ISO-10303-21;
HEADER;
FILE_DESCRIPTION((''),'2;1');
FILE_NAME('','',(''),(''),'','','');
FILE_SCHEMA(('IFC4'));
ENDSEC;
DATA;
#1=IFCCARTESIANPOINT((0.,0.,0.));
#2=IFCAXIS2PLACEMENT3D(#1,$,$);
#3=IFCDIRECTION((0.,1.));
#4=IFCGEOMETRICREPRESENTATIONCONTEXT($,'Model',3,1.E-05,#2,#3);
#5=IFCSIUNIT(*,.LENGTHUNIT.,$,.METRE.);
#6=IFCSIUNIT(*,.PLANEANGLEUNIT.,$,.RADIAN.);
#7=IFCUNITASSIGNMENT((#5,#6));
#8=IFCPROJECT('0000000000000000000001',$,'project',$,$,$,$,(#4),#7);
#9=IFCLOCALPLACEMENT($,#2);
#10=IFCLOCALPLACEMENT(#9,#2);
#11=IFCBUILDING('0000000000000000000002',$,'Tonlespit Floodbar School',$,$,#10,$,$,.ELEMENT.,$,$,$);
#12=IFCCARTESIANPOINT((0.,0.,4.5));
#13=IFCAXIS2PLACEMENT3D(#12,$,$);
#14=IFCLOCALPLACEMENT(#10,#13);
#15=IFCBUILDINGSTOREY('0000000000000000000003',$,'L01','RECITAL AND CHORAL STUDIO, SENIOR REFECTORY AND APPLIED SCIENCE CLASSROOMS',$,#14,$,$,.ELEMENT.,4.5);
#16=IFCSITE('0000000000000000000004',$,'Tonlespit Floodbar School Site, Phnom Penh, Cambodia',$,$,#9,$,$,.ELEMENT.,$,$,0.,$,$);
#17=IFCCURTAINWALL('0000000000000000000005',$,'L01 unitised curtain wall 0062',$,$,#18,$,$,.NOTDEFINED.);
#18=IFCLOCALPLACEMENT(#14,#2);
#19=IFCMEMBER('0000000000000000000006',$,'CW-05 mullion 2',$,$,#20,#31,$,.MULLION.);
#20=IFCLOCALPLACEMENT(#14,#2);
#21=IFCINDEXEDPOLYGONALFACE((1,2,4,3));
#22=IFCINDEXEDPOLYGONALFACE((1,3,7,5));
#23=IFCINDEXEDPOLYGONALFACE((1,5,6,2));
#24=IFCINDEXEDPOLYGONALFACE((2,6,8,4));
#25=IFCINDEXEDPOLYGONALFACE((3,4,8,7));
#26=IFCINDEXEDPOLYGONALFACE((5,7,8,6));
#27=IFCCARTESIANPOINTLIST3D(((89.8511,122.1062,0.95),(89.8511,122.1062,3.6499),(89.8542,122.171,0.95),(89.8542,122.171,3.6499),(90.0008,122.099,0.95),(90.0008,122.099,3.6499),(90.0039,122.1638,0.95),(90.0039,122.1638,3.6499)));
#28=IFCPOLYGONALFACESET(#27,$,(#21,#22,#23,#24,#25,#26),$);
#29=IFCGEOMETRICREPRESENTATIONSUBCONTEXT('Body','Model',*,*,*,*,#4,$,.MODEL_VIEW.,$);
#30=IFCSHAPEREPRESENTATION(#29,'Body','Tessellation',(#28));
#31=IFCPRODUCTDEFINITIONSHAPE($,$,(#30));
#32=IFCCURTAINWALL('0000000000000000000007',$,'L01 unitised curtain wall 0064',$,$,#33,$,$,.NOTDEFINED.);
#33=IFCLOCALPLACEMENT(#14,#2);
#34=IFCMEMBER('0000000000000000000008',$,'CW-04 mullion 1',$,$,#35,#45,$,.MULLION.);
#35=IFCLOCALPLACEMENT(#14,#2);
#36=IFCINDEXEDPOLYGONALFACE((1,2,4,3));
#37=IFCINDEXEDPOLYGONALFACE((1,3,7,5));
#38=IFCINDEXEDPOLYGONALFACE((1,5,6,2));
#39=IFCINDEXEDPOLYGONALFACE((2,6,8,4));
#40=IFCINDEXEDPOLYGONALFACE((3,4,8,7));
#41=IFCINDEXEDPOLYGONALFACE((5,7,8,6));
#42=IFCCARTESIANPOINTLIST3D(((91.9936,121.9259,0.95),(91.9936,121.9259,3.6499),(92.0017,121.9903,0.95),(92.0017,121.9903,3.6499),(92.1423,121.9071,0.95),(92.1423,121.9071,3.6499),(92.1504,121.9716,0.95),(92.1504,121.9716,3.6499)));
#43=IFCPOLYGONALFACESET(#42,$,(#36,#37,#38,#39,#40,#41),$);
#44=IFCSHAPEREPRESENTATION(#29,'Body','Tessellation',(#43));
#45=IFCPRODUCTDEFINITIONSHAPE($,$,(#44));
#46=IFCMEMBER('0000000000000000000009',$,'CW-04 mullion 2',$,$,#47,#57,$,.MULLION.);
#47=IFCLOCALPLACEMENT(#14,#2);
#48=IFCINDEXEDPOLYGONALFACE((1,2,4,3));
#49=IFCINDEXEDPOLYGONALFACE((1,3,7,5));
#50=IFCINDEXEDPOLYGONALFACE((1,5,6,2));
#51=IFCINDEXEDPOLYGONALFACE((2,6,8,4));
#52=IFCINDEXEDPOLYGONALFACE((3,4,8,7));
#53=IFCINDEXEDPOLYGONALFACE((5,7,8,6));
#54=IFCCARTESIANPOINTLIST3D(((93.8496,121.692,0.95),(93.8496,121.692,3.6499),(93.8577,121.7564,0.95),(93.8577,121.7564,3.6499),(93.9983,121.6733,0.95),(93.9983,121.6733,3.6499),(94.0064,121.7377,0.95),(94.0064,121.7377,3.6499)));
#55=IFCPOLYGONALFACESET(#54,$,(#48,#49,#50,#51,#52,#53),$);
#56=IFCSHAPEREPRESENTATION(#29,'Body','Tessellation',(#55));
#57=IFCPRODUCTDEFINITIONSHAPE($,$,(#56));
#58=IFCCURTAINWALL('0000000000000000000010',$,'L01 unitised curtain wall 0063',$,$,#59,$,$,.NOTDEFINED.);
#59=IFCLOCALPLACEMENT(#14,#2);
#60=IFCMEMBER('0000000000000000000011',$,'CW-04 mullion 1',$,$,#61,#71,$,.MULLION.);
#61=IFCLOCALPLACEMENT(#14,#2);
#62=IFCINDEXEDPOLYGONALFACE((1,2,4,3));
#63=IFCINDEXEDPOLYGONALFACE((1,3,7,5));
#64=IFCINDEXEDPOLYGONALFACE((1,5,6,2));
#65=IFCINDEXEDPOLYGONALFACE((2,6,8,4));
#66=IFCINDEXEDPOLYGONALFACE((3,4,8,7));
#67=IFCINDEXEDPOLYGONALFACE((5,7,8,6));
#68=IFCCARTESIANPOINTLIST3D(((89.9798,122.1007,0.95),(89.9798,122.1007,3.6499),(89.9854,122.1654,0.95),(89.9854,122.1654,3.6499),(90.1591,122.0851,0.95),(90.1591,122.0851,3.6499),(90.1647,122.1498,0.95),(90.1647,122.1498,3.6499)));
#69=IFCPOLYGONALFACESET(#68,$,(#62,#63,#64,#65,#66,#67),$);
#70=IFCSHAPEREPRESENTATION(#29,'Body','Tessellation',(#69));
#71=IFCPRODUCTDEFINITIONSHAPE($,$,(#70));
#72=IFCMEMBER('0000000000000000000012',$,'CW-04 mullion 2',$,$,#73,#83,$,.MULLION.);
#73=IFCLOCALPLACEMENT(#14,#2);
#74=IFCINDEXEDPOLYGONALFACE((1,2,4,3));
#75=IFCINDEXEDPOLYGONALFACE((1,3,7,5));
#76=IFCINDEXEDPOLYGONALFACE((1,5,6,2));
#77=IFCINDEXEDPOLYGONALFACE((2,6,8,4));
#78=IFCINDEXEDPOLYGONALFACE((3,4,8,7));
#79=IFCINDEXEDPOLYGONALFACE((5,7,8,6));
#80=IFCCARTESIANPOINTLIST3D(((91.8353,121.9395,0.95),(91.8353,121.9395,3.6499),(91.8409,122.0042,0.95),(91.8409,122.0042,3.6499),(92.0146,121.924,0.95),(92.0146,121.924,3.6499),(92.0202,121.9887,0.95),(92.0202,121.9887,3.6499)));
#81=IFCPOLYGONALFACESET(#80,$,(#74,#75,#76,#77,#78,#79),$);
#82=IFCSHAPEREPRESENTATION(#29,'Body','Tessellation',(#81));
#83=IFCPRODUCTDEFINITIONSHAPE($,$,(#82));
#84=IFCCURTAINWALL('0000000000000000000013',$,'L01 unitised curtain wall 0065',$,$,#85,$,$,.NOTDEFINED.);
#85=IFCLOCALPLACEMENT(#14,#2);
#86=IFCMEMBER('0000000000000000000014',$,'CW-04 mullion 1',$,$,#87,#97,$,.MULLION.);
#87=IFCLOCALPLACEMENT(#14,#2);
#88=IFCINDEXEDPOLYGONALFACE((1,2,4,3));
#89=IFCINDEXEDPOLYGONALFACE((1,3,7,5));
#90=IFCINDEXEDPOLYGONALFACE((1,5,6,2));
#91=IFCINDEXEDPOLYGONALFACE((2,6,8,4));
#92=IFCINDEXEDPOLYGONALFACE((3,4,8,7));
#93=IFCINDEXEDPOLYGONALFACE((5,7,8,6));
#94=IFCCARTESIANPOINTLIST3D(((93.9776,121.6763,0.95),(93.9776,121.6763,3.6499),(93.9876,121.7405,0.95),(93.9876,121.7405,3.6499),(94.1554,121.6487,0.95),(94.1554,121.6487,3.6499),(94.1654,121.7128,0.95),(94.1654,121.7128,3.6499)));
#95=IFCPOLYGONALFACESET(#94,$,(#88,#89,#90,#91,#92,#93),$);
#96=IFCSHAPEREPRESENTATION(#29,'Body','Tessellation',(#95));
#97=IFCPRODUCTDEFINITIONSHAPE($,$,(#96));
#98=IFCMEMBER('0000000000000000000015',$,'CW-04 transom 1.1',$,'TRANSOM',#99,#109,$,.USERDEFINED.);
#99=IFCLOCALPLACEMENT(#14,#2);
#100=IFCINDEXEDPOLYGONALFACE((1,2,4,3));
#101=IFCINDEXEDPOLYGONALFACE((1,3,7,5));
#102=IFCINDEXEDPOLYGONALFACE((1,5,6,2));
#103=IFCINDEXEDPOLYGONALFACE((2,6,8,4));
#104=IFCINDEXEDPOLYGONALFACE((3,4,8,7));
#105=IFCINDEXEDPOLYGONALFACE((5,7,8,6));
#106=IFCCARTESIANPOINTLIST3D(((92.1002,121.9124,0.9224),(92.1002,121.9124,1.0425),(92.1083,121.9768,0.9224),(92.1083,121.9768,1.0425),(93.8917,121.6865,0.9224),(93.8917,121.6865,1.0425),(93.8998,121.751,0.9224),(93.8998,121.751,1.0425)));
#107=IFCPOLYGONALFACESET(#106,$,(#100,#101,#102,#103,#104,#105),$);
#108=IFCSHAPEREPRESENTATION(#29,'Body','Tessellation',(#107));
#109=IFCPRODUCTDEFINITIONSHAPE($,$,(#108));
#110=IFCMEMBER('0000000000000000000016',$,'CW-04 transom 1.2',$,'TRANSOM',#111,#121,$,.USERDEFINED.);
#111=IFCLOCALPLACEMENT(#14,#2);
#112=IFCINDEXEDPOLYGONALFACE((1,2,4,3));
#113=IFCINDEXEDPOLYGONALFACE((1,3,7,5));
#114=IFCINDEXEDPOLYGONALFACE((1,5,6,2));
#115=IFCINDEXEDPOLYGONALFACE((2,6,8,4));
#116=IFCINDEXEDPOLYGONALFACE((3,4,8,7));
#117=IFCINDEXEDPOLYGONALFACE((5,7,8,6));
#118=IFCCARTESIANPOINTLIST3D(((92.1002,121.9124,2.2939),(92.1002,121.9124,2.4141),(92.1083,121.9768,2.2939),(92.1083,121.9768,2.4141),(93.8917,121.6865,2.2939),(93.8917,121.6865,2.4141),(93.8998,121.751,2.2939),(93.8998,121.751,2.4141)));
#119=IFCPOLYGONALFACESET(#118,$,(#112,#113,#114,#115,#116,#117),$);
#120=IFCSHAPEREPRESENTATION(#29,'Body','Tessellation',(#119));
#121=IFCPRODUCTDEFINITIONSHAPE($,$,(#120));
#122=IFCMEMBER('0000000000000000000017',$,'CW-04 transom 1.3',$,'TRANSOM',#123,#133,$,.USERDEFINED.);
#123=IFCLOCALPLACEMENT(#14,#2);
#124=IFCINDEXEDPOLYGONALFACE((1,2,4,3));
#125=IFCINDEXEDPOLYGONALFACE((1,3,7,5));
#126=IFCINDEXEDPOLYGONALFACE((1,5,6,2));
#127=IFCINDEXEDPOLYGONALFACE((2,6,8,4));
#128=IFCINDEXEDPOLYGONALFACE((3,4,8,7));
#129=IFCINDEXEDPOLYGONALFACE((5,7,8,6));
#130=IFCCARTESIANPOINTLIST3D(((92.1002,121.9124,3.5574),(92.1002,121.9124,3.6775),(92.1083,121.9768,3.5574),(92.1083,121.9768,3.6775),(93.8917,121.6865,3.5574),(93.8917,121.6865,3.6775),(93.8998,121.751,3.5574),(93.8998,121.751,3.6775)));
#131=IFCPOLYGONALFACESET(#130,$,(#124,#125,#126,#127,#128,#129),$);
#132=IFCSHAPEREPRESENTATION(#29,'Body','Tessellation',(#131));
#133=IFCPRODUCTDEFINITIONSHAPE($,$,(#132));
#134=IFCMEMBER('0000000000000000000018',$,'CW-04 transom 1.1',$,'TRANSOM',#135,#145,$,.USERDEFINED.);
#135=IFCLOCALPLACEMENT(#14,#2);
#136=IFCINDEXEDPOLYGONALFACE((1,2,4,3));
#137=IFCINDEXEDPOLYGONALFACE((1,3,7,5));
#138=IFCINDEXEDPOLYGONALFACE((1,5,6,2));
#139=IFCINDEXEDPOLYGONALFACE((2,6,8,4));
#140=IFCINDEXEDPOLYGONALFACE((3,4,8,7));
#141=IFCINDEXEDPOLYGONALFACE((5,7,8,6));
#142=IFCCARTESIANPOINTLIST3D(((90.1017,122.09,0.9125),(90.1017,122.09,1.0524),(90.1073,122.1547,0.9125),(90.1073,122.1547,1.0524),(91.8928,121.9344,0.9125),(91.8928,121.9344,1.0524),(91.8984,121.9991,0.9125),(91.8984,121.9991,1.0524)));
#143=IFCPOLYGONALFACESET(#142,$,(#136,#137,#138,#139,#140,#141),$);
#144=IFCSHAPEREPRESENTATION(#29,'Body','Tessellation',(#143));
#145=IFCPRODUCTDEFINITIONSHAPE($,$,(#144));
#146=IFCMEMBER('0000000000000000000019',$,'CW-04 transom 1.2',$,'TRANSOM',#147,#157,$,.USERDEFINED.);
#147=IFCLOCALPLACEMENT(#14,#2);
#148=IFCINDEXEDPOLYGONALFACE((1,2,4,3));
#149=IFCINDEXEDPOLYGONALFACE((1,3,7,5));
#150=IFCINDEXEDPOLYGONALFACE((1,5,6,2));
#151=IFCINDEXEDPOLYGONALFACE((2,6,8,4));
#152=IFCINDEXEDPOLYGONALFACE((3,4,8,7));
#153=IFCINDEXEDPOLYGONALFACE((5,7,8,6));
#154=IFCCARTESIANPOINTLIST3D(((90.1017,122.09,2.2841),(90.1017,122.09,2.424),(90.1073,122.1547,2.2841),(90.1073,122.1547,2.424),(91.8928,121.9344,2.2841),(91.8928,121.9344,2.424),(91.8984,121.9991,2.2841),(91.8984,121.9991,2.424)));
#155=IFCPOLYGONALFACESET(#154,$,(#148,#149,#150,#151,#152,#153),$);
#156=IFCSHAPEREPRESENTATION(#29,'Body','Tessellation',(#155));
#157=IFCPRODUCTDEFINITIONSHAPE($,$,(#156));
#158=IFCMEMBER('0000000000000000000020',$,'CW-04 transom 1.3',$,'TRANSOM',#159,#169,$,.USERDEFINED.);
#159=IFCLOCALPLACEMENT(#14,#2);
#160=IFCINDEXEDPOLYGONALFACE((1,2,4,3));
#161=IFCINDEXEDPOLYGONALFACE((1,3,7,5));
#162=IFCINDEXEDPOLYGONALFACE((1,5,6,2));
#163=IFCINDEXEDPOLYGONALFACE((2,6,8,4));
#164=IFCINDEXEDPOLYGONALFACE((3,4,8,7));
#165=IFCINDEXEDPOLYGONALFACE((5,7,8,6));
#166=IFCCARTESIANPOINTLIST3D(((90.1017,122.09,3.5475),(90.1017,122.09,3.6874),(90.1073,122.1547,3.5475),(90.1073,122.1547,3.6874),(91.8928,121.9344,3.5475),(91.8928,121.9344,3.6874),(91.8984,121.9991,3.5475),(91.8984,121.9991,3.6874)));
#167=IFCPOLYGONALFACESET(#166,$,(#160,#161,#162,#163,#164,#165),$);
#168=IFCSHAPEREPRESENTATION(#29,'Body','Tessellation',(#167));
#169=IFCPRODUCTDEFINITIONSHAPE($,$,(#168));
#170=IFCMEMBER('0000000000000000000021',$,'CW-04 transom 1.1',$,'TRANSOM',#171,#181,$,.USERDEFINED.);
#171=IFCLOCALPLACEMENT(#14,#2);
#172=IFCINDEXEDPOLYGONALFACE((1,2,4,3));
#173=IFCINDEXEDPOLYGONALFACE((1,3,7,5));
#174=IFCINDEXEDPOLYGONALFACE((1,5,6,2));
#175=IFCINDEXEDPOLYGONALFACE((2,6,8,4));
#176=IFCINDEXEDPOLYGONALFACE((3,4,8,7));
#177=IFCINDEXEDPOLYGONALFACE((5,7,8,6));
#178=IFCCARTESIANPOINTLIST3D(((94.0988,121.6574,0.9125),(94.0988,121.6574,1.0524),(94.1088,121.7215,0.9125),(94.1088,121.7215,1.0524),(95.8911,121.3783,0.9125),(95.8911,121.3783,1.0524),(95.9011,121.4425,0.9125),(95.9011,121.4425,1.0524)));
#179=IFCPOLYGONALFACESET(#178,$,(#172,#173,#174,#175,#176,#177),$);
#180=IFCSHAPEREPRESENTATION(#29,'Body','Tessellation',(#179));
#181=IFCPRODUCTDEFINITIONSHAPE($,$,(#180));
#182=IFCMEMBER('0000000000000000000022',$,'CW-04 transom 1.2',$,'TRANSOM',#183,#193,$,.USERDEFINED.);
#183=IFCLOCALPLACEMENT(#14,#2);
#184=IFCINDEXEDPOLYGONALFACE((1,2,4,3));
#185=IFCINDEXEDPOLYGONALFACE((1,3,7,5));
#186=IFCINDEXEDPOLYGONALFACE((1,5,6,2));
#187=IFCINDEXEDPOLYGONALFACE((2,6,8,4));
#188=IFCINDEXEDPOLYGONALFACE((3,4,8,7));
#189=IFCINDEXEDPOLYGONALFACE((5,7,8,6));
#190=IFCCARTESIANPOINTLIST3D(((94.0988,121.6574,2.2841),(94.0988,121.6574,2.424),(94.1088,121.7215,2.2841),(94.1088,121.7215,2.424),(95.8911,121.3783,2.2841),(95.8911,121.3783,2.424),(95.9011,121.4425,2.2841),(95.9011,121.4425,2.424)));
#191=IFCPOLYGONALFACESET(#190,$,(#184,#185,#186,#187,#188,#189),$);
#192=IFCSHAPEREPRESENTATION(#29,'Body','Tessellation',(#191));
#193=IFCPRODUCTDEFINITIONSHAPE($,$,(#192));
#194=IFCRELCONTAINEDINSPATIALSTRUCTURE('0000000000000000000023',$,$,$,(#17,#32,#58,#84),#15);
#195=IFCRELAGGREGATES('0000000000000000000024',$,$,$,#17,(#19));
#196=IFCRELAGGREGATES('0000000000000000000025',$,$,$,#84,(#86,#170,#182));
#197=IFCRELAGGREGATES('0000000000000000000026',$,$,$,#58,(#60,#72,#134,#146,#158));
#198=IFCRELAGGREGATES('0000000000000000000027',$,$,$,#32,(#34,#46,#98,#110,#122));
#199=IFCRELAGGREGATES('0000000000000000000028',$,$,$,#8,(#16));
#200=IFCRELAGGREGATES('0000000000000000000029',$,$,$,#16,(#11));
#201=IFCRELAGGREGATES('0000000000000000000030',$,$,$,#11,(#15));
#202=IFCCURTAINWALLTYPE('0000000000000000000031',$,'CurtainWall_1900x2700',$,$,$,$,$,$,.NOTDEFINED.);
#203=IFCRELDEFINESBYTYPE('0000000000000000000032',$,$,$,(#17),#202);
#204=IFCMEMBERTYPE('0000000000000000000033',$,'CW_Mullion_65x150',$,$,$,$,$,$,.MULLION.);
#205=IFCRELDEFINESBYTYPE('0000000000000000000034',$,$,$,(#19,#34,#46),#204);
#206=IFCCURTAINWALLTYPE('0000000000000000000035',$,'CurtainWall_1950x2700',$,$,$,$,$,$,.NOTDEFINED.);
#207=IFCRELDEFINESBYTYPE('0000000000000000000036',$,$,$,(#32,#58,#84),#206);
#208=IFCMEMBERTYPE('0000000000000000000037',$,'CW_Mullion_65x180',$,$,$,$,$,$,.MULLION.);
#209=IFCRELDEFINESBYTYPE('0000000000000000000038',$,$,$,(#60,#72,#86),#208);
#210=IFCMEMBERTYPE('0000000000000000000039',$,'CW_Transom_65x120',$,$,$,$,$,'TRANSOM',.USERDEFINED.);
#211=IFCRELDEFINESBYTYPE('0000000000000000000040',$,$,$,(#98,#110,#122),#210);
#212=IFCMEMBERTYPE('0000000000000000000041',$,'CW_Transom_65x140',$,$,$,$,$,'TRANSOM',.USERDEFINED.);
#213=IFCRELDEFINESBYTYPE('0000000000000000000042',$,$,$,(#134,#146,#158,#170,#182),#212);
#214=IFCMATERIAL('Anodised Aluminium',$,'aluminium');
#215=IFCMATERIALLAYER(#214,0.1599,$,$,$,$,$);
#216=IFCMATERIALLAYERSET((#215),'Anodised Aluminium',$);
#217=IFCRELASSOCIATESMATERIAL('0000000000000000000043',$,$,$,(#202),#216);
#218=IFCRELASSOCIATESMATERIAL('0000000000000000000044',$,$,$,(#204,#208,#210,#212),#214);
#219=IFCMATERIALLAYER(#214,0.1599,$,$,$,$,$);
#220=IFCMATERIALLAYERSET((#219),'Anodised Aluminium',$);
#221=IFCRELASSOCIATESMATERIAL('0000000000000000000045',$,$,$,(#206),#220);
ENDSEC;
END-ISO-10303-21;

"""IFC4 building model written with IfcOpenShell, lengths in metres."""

from ifc_helpers import new_model, si_unit, direction, frame, origin, origin_2d, place, context, subcontext, project, spatial, rectangle, extrude, material, layer, layer_set, material_profile, profile_set, type_object, element, aggregate, save


model = new_model("IFC4")

# Units and contexts
model_context = context("Model", 3, precision=1e-05, world=origin(), true_north=direction((0.0, 1.0)))
body_context = subcontext(model_context, "Body", "Model", "MODEL_VIEW")
ifc_project = project(units=[si_unit("LENGTHUNIT", "METRE"), si_unit("PLANEANGLEUNIT", "RADIAN")], contexts=[model_context])

# Site, building, storey
site_placement = place(None, origin())
site = spatial("IfcSite", under=ifc_project, at=site_placement, Name="Tonlespit Floodbar School Site, Phnom Penh, Cambodia", CompositionType="ELEMENT", RefElevation=0.0)
building_placement = place(site_placement, origin())
building = spatial("IfcBuilding", under=site, at=building_placement, Name="Tonlespit Floodbar School", CompositionType="ELEMENT")
storey_placement = place(building_placement, frame((0.0, 0.0, 4.5)))
storey = spatial("IfcBuildingStorey", under=building, at=storey_placement, Name="L01", Description="RECITAL AND CHORAL STUDIO, SENIOR REFECTORY AND APPLIED SCIENCE CLASSROOMS", CompositionType="ELEMENT", Elevation=4.5)

# Curtain wall, member
ifc_material_1 = material(Name="Anodised Aluminium", Category="aluminium")
ifc_layer_1 = layer(ifc_material_1, 0.1599)
ifc_layer_set_1 = layer_set([ifc_layer_1], Name="Anodised Aluminium")
curtain_wall_type_1 = type_object("IfcCurtainWallType", Name="CurtainWall_1900x2700", PredefinedType="NOTDEFINED", material=ifc_layer_set_1)
curtain_wall_1_placement = place(storey_placement, origin())
curtain_wall_1 = element("IfcCurtainWall", 1, at=curtain_wall_1_placement, inside=storey, type_object=curtain_wall_type_1, Name="L01 unitised curtain wall 0062", PredefinedType="NOTDEFINED")
ifc_material_profile_1 = material_profile(ifc_material_1, rectangle(XDim=0.0649, YDim=0.1499, at=origin_2d()), Name="ALU M65x150")
ifc_profile_set_1 = profile_set([ifc_material_profile_1], Name="Anodised Aluminium")
member_type_1 = type_object("IfcMemberType", Name="CW_Mullion_65x150", PredefinedType="MULLION", material=ifc_profile_set_1)
member_1_placement = place(storey_placement, frame((89.9275, 122.135, 0.95), z_axis=(0.0, 0.0, 1.0), x_axis=(0.048121, 0.998842, 0.0)))
member_1 = element("IfcMember", 2, at=member_1_placement, type_object=member_type_1, Name="CW-05 mullion 2", PredefinedType="MULLION", context=body_context, shape_type="SweptSolid", body=[
    extrude(rectangle(XDim=0.0649, YDim=0.1499, at=origin_2d()), origin(), (0.0, 0.0, 1.0), 2.7),
])
aggregate(curtain_wall_1, [member_1])

# Curtain walls, members
ifc_layer_2 = layer(ifc_material_1, 0.1599)
ifc_layer_set_2 = layer_set([ifc_layer_2], Name="Anodised Aluminium")
curtain_wall_type_2 = type_object("IfcCurtainWallType", Name="CurtainWall_1950x2700", PredefinedType="NOTDEFINED", material=ifc_layer_set_2)
curtain_wall_2_placement = place(storey_placement, origin())
curtain_wall_2 = element("IfcCurtainWall", 3, at=curtain_wall_2_placement, inside=storey, type_object=curtain_wall_type_2, Name="L01 unitised curtain wall 0064", PredefinedType="NOTDEFINED")
member_2_placement = place(storey_placement, frame((92.072, 121.9487, 0.95), z_axis=(0.0, 0.0, 1.0), x_axis=(0.125014, 0.992155, 0.0)))
member_2 = element("IfcMember", 4, at=member_2_placement, type_object=member_type_1, Name="CW-04 mullion 1", PredefinedType="MULLION", context=body_context, shape_type="SweptSolid", body=[
    extrude(rectangle(XDim=0.0649, YDim=0.1499, at=origin_2d()), origin(), (0.0, 0.0, 1.0), 2.7),
])
member_3_placement = place(storey_placement, frame((93.928, 121.7148, 0.95), z_axis=(0.0, 0.0, 1.0), x_axis=(0.125014, 0.992155, 0.0)))
member_3 = element("IfcMember", 5, at=member_3_placement, type_object=member_type_1, Name="CW-04 mullion 2", PredefinedType="MULLION", context=body_context, shape_type="SweptSolid", body=[
    extrude(rectangle(XDim=0.0649, YDim=0.1499, at=origin_2d()), origin(), (0.0, 0.0, 1.0), 2.7),
])
curtain_wall_3_placement = place(storey_placement, origin())
curtain_wall_3 = element("IfcCurtainWall", 6, at=curtain_wall_3_placement, inside=storey, type_object=curtain_wall_type_2, Name="L01 unitised curtain wall 0063", PredefinedType="NOTDEFINED")
ifc_material_profile_2 = material_profile(ifc_material_1, rectangle(XDim=0.0649, YDim=0.1799, at=origin_2d()), Name="ALU M65x180")
ifc_profile_set_2 = profile_set([ifc_material_profile_2], Name="Anodised Aluminium")
member_type_2 = type_object("IfcMemberType", Name="CW_Mullion_65x180", PredefinedType="MULLION", material=ifc_profile_set_2)
member_4_placement = place(storey_placement, frame((90.0723, 122.1252, 0.95), z_axis=(0.0, 0.0, 1.0), x_axis=(0.086531, 0.996249, 0.0)))
member_4 = element("IfcMember", 7, at=member_4_placement, type_object=member_type_2, Name="CW-04 mullion 1", PredefinedType="MULLION", context=body_context, shape_type="SweptSolid", body=[
    extrude(rectangle(XDim=0.0649, YDim=0.1799, at=origin_2d()), origin(), (0.0, 0.0, 1.0), 2.7),
])
member_5_placement = place(storey_placement, frame((91.9277, 121.9641, 0.95), z_axis=(0.0, 0.0, 1.0), x_axis=(0.086531, 0.996249, 0.0)))
member_5 = element("IfcMember", 8, at=member_5_placement, type_object=member_type_2, Name="CW-04 mullion 2", PredefinedType="MULLION", context=body_context, shape_type="SweptSolid", body=[
    extrude(rectangle(XDim=0.0649, YDim=0.1799, at=origin_2d()), origin(), (0.0, 0.0, 1.0), 2.7),
])

# Curtain wall, member
curtain_wall_4_placement = place(storey_placement, origin())
curtain_wall_4 = element("IfcCurtainWall", 9, at=curtain_wall_4_placement, inside=storey, type_object=curtain_wall_type_2, Name="L01 unitised curtain wall 0065", PredefinedType="NOTDEFINED")
member_6_placement = place(storey_placement, frame((94.0715, 121.6946, 0.95), z_axis=(0.0, 0.0, 1.0), x_axis=(0.153796, 0.988103, 0.0)))
member_6 = element("IfcMember", 10, at=member_6_placement, type_object=member_type_2, Name="CW-04 mullion 1", PredefinedType="MULLION", context=body_context, shape_type="SweptSolid", body=[
    extrude(rectangle(XDim=0.0649, YDim=0.1799, at=origin_2d()), origin(), (0.0, 0.0, 1.0), 2.7),
])

# Members
ifc_material_profile_3 = material_profile(ifc_material_1, rectangle(XDim=0.0649, YDim=0.1201, at=origin_2d()), Name="ALU T65x120")
ifc_profile_set_3 = profile_set([ifc_material_profile_3], Name="Anodised Aluminium")
member_type_3 = type_object("IfcMemberType", Name="CW_Transom_65x120", ElementType="TRANSOM", PredefinedType="USERDEFINED", material=ifc_profile_set_3)
member_7_placement = place(storey_placement, frame((92.1042, 121.9446, 0.9824), z_axis=(0.992148, -0.125066, 0.0), x_axis=(0.125066, 0.992148, 0.0)))
member_7 = element("IfcMember", 11, at=member_7_placement, type_object=member_type_3, Name="CW-04 transom 1.1", ObjectType="TRANSOM", PredefinedType="USERDEFINED", context=body_context, shape_type="SweptSolid", body=[
    extrude(rectangle(XDim=0.0649, YDim=0.1201, at=origin_2d()), origin(), (0.0, 0.0, 1.0), 1.8057),
])
member_8_placement = place(storey_placement, frame((92.1042, 121.9446, 2.354), z_axis=(0.992148, -0.125066, 0.0), x_axis=(0.125066, 0.992148, 0.0)))
member_8 = element("IfcMember", 12, at=member_8_placement, type_object=member_type_3, Name="CW-04 transom 1.2", ObjectType="TRANSOM", PredefinedType="USERDEFINED", context=body_context, shape_type="SweptSolid", body=[
    extrude(rectangle(XDim=0.0649, YDim=0.1201, at=origin_2d()), origin(), (0.0, 0.0, 1.0), 1.8057),
])
member_9_placement = place(storey_placement, frame((92.1042, 121.9446, 3.6174), z_axis=(0.992148, -0.125066, 0.0), x_axis=(0.125066, 0.992148, 0.0)))
member_9 = element("IfcMember", 13, at=member_9_placement, type_object=member_type_3, Name="CW-04 transom 1.3", ObjectType="TRANSOM", PredefinedType="USERDEFINED", context=body_context, shape_type="SweptSolid", body=[
    extrude(rectangle(XDim=0.0649, YDim=0.1201, at=origin_2d()), origin(), (0.0, 0.0, 1.0), 1.8057),
])
ifc_material_profile_4 = material_profile(ifc_material_1, rectangle(XDim=0.0649, YDim=0.1399, at=origin_2d()), Name="ALU T65x140")
ifc_profile_set_4 = profile_set([ifc_material_profile_4], Name="Anodised Aluminium")
member_type_4 = type_object("IfcMemberType", Name="CW_Transom_65x140", ElementType="TRANSOM", PredefinedType="USERDEFINED", material=ifc_profile_set_4)
member_10_placement = place(storey_placement, frame((90.1045, 122.1223, 0.9824), z_axis=(0.996251, -0.086507, 0.0), x_axis=(0.086507, 0.996251, 0.0)))
member_10 = element("IfcMember", 14, at=member_10_placement, type_object=member_type_4, Name="CW-04 transom 1.1", ObjectType="TRANSOM", PredefinedType="USERDEFINED", context=body_context, shape_type="SweptSolid", body=[
    extrude(rectangle(XDim=0.0649, YDim=0.1399, at=origin_2d()), origin(), (0.0, 0.0, 1.0), 1.7979),
])
member_11_placement = place(storey_placement, frame((90.1045, 122.1223, 2.354), z_axis=(0.996251, -0.086507, 0.0), x_axis=(0.086507, 0.996251, 0.0)))
member_11 = element("IfcMember", 15, at=member_11_placement, type_object=member_type_4, Name="CW-04 transom 1.2", ObjectType="TRANSOM", PredefinedType="USERDEFINED", context=body_context, shape_type="SweptSolid", body=[
    extrude(rectangle(XDim=0.0649, YDim=0.1399, at=origin_2d()), origin(), (0.0, 0.0, 1.0), 1.7979),
])
member_12_placement = place(storey_placement, frame((90.1045, 122.1223, 3.6174), z_axis=(0.996251, -0.086507, 0.0), x_axis=(0.086507, 0.996251, 0.0)))
member_12 = element("IfcMember", 16, at=member_12_placement, type_object=member_type_4, Name="CW-04 transom 1.3", ObjectType="TRANSOM", PredefinedType="USERDEFINED", context=body_context, shape_type="SweptSolid", body=[
    extrude(rectangle(XDim=0.0649, YDim=0.1399, at=origin_2d()), origin(), (0.0, 0.0, 1.0), 1.7979),
])
member_13_placement = place(storey_placement, frame((94.1038, 121.6895, 0.9824), z_axis=(0.988098, -0.153827, 0.0), x_axis=(0.153827, 0.988098, 0.0)))
member_13 = element("IfcMember", 17, at=member_13_placement, type_object=member_type_4, Name="CW-04 transom 1.1", ObjectType="TRANSOM", PredefinedType="USERDEFINED", context=body_context, shape_type="SweptSolid", body=[
    extrude(rectangle(XDim=0.0649, YDim=0.1399, at=origin_2d()), origin(), (0.0, 0.0, 1.0), 1.814),
])
member_14_placement = place(storey_placement, frame((94.1038, 121.6895, 2.354), z_axis=(0.988098, -0.153827, 0.0), x_axis=(0.153827, 0.988098, 0.0)))
member_14 = element("IfcMember", 18, at=member_14_placement, type_object=member_type_4, Name="CW-04 transom 1.2", ObjectType="TRANSOM", PredefinedType="USERDEFINED", context=body_context, shape_type="SweptSolid", body=[
    extrude(rectangle(XDim=0.0649, YDim=0.1399, at=origin_2d()), origin(), (0.0, 0.0, 1.0), 1.814),
])
aggregate(curtain_wall_4, [member_6, member_13, member_14])

aggregate(curtain_wall_3, [member_4, member_5, member_10, member_11, member_12])
aggregate(curtain_wall_2, [member_2, member_3, member_7, member_8, member_9])

save(model, "model.ifc")
